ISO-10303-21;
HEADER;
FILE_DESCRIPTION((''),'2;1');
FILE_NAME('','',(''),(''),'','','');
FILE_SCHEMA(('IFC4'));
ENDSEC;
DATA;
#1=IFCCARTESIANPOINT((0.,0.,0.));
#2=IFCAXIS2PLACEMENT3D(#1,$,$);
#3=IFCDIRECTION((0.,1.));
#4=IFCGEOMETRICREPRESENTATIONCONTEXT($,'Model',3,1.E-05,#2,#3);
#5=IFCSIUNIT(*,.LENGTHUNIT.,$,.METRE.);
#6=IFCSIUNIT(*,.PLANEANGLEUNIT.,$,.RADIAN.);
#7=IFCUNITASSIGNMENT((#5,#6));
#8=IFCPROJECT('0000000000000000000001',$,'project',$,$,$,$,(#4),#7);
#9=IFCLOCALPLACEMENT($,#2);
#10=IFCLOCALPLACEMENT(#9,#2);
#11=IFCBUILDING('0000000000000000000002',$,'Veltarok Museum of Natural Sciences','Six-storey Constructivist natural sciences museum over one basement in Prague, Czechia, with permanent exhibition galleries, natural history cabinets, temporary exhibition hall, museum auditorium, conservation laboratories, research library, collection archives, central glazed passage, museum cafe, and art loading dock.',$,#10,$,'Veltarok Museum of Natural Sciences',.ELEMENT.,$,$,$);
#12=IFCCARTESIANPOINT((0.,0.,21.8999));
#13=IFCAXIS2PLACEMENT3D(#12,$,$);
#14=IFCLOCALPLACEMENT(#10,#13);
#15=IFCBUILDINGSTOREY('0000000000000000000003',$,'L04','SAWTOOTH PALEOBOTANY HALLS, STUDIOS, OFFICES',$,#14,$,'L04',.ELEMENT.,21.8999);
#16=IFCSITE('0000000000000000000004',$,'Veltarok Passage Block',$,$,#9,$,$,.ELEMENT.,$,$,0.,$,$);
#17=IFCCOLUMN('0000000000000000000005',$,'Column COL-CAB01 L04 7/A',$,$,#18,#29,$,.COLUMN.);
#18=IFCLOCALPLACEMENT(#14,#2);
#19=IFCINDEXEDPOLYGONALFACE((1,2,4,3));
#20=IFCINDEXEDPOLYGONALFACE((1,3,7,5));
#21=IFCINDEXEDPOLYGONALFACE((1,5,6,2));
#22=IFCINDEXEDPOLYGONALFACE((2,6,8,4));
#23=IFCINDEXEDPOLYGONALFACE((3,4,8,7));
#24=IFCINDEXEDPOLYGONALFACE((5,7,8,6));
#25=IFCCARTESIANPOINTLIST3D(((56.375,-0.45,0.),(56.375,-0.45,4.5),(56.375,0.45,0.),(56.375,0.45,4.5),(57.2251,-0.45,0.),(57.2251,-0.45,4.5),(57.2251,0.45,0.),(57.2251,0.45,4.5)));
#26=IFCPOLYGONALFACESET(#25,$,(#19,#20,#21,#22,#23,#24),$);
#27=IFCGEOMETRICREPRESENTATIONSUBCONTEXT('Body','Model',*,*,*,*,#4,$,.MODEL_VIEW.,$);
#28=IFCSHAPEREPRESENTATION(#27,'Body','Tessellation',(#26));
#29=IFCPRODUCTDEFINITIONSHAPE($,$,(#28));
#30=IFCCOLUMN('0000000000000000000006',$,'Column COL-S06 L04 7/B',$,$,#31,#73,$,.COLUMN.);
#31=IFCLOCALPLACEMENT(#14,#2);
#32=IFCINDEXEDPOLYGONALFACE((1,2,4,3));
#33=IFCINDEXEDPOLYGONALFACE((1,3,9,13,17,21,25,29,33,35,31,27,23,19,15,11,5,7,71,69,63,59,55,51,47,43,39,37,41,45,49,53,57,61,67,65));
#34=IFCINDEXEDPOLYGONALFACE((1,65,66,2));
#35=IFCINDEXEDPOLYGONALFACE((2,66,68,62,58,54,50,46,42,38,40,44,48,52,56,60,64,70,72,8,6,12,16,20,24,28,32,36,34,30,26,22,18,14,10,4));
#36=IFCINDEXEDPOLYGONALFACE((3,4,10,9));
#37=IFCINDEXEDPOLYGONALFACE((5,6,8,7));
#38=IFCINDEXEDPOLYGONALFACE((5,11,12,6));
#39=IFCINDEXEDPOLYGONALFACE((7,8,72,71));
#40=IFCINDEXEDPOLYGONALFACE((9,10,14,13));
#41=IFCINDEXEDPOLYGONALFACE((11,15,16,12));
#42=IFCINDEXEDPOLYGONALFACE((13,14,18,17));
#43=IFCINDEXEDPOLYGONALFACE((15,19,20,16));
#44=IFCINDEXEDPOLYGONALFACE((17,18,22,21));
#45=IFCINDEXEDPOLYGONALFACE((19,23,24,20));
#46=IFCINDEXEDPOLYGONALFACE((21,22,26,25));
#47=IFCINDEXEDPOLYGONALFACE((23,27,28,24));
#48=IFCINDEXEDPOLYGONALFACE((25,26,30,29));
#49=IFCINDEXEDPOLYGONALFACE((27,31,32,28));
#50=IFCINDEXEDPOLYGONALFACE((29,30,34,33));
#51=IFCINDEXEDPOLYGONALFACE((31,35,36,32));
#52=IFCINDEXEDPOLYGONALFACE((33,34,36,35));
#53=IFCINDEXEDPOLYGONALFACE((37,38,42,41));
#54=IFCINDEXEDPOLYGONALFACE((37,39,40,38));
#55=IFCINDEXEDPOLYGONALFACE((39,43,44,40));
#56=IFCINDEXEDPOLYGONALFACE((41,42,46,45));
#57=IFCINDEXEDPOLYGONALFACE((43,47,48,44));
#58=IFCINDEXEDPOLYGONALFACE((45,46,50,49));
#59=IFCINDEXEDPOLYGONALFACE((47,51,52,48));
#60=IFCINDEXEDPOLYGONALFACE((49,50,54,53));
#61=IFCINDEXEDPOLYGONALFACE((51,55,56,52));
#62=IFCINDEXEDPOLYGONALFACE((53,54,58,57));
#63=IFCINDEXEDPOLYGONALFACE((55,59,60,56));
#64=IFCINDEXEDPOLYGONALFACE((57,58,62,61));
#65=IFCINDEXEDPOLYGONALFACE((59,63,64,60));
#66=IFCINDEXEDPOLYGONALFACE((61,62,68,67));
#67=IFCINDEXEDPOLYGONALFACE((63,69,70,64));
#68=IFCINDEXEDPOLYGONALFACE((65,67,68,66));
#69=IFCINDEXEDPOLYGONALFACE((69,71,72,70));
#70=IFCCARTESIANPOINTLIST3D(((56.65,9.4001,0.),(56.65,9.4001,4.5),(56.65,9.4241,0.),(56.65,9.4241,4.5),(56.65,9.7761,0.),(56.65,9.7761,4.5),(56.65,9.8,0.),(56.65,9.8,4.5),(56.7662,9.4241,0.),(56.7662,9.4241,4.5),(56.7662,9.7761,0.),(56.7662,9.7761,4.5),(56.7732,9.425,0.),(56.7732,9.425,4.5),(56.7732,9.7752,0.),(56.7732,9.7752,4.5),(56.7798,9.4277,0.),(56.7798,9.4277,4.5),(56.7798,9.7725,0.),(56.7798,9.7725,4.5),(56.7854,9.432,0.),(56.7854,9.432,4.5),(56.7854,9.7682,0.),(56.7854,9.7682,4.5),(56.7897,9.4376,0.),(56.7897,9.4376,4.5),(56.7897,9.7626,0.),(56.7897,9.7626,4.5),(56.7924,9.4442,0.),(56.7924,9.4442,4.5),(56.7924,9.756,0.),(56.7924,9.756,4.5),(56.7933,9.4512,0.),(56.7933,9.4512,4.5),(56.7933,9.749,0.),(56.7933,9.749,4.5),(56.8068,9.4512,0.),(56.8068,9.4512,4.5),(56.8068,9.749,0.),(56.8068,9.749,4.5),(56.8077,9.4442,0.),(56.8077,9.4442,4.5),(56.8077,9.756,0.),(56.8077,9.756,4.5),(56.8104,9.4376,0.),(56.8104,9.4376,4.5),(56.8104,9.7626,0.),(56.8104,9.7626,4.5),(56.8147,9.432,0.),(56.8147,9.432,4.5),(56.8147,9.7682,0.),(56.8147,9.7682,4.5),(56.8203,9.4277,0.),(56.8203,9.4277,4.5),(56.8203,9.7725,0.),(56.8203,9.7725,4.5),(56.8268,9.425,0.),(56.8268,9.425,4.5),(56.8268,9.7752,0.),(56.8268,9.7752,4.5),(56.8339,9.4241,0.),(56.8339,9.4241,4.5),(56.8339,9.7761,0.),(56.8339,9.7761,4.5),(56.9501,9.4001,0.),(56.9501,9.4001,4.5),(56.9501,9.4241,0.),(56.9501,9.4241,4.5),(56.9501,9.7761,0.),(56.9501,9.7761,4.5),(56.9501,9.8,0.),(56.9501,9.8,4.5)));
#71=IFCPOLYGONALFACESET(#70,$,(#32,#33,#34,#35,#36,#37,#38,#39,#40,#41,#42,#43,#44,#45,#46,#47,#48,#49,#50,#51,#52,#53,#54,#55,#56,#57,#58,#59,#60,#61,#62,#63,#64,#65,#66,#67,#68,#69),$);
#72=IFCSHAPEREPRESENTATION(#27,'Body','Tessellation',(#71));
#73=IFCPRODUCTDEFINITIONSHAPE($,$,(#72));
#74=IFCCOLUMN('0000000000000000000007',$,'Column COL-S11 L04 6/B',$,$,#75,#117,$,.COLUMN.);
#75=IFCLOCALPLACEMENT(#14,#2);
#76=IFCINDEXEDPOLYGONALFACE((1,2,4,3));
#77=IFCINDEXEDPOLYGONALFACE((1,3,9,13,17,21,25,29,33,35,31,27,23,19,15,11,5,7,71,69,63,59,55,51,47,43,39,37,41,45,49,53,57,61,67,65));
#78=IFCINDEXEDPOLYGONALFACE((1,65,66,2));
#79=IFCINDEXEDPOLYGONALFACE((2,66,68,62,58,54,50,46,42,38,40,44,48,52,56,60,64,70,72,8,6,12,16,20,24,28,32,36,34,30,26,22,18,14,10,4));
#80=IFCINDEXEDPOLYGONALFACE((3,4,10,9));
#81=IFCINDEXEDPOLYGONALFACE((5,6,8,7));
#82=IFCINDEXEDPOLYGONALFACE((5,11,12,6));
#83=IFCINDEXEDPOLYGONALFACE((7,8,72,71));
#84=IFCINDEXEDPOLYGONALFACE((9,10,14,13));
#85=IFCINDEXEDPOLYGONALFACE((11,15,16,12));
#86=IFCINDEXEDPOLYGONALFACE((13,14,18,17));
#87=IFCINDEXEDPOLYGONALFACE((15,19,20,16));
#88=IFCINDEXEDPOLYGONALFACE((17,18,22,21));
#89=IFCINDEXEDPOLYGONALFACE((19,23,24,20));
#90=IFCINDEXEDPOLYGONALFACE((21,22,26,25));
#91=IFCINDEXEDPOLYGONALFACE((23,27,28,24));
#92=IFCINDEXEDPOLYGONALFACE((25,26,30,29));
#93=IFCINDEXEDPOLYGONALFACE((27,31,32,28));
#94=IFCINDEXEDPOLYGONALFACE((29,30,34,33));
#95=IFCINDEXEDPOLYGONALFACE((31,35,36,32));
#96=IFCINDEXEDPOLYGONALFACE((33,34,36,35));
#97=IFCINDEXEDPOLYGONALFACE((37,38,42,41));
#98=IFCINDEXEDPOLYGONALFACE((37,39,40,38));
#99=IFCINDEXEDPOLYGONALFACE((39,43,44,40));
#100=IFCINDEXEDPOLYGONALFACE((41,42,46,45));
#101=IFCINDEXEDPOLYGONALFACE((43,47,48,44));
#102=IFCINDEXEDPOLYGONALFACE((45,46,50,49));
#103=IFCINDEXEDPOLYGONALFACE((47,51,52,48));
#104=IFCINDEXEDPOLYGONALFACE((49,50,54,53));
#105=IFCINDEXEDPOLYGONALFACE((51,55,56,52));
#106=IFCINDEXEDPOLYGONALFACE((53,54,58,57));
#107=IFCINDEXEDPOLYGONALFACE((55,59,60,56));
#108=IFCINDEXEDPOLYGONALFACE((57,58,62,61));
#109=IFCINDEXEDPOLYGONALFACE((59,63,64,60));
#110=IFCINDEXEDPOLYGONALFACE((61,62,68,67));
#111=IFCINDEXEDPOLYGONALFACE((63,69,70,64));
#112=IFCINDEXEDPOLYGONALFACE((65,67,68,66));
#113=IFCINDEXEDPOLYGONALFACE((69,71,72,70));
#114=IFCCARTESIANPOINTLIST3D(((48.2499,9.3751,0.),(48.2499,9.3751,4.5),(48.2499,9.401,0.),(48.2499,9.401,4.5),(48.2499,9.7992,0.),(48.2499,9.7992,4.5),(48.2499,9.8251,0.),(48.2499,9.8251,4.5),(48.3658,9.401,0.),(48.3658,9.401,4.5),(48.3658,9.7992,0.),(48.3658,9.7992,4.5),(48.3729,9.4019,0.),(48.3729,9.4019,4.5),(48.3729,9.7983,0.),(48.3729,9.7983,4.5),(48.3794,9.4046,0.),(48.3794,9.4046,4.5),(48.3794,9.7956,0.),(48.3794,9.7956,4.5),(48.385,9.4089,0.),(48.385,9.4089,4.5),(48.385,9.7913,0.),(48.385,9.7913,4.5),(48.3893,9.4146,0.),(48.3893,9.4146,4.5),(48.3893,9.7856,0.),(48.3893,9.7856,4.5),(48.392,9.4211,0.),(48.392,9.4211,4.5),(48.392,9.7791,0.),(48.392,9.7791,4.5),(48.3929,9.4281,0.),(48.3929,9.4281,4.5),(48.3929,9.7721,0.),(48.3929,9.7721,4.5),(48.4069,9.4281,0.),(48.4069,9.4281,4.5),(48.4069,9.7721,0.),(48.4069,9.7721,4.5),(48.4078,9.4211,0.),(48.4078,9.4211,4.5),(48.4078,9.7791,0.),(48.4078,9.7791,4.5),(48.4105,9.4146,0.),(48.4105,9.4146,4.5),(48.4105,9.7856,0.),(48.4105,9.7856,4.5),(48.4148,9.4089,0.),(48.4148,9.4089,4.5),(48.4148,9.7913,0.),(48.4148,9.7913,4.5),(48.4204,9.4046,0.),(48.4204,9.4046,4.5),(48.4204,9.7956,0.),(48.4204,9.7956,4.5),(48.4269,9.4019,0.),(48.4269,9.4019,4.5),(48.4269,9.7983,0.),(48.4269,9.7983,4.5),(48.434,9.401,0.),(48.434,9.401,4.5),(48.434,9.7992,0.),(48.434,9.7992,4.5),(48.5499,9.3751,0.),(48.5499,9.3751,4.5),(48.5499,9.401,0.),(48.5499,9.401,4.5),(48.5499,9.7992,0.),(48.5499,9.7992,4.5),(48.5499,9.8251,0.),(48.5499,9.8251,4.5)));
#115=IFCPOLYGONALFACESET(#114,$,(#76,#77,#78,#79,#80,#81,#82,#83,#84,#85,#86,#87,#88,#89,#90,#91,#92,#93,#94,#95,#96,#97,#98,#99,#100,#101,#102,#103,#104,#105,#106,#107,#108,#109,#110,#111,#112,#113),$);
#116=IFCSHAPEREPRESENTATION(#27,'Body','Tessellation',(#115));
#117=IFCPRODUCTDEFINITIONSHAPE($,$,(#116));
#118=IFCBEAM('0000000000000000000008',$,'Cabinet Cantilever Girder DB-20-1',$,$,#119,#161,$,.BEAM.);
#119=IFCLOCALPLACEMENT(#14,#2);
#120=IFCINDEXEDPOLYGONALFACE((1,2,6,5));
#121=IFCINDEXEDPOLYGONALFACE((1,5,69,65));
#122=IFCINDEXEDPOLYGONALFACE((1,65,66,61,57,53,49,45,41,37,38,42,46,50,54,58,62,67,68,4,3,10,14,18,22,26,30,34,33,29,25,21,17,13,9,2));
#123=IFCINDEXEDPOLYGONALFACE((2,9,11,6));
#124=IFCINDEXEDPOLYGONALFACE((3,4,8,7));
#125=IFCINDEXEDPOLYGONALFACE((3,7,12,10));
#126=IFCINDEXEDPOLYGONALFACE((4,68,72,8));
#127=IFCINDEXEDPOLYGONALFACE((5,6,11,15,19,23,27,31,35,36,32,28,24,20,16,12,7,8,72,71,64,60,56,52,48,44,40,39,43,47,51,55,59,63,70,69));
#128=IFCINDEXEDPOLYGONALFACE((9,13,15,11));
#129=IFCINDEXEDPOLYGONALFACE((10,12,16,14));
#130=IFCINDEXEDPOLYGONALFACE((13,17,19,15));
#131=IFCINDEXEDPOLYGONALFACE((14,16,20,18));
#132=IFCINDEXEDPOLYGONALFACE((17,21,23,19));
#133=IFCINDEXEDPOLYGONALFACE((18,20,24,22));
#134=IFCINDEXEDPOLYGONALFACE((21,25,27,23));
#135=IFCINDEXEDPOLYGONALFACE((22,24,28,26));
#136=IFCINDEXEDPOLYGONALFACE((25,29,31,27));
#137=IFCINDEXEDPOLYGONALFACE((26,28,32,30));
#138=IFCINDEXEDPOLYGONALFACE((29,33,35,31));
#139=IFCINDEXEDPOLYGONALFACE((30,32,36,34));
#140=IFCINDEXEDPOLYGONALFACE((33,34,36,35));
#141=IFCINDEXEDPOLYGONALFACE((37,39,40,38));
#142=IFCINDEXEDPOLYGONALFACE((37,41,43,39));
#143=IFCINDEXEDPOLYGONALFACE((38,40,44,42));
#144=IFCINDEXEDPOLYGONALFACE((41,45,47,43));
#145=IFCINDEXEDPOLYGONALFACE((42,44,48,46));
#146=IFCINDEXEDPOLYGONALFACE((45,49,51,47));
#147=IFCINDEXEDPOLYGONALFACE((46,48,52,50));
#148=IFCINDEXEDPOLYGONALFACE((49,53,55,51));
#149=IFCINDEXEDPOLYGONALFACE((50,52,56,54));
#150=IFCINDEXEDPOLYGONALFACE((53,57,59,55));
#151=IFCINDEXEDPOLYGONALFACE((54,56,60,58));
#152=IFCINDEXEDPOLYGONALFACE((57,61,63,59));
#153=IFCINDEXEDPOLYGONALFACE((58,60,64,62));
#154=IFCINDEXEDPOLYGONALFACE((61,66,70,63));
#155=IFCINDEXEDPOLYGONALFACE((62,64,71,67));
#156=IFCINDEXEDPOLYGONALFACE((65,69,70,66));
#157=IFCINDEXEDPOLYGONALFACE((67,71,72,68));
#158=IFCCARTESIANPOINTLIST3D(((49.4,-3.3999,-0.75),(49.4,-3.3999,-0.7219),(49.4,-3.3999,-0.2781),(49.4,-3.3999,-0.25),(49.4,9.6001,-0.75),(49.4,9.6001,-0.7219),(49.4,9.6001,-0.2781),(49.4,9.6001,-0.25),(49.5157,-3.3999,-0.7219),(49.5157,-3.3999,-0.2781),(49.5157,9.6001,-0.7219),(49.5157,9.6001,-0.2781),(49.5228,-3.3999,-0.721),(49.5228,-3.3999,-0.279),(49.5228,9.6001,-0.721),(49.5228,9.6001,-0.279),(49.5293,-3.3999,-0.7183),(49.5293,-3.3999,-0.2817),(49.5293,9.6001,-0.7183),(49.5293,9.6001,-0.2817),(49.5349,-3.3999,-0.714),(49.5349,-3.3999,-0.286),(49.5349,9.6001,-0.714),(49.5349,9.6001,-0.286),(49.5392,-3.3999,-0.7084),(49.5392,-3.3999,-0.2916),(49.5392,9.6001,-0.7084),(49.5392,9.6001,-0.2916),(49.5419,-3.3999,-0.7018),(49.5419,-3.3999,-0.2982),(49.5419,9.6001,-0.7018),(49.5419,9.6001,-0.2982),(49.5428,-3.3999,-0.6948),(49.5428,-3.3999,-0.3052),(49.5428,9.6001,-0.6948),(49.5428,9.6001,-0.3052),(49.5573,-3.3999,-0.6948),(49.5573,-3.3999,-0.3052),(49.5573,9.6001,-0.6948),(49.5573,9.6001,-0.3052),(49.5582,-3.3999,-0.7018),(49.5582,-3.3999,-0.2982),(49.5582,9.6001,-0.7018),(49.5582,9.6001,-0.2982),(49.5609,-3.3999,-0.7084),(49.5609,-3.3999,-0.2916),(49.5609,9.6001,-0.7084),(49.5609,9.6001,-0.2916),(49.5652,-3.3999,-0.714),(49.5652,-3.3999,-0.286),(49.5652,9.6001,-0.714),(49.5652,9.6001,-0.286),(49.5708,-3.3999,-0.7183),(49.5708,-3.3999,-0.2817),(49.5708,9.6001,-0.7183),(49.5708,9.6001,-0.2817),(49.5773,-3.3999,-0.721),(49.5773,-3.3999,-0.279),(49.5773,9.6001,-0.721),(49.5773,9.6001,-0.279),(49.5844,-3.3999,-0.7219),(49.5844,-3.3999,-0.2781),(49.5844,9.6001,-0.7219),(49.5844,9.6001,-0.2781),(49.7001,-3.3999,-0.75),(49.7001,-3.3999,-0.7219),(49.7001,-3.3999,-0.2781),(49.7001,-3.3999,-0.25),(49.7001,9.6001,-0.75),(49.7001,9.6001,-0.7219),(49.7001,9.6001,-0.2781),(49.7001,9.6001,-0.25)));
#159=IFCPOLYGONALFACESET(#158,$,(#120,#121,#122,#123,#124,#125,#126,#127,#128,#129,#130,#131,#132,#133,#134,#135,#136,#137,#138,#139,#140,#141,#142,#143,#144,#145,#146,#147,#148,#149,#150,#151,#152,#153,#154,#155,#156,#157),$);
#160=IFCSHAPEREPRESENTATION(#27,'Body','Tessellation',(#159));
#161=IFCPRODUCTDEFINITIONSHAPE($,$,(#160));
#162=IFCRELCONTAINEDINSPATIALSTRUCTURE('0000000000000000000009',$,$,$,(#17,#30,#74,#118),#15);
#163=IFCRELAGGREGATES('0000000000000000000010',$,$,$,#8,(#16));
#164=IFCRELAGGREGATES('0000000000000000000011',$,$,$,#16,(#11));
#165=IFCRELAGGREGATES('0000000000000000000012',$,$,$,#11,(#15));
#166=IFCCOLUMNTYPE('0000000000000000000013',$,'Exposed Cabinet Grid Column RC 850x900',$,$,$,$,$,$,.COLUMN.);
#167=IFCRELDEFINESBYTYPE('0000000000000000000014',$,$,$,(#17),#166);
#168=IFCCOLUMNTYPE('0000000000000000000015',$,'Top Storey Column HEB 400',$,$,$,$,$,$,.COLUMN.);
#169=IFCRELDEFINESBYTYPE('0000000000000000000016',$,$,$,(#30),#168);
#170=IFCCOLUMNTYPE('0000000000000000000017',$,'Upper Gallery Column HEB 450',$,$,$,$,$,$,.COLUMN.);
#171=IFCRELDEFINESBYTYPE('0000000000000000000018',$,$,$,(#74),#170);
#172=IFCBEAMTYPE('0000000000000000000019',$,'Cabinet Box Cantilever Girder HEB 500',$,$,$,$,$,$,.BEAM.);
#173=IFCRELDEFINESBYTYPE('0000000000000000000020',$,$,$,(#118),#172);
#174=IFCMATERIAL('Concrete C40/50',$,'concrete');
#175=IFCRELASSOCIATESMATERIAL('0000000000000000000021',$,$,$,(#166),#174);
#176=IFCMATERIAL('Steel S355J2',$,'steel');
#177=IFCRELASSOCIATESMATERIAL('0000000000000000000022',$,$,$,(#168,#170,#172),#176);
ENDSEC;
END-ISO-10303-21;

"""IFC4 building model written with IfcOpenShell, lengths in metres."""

from ifc_helpers import new_model, si_unit, direction, frame, origin, origin_2d, place, context, subcontext, project, spatial, rectangle, i_section, extrude, material, material_profile, profile_set, type_object, element, save


model = new_model("IFC4")

# Units and contexts
model_context = context("Model", 3, precision=1e-05, world=origin(), true_north=direction((0.0, 1.0)))
body_context = subcontext(model_context, "Body", "Model", "MODEL_VIEW")
ifc_project = project(units=[si_unit("LENGTHUNIT", "METRE"), si_unit("PLANEANGLEUNIT", "RADIAN")], contexts=[model_context])

# Site, building, storey
site_placement = place(None, origin())
site = spatial("IfcSite", under=ifc_project, at=site_placement, Name="Veltarok Passage Block", CompositionType="ELEMENT", RefElevation=0.0)
building_placement = place(site_placement, origin())
building = spatial("IfcBuilding", under=site, at=building_placement, Name="Veltarok Museum of Natural Sciences", Description="Six-storey Constructivist natural sciences museum over one basement in Prague, Czechia, with permanent exhibition galleries, natural history cabinets, temporary exhibition hall, museum auditorium, conservation laboratories, research library, collection archives, central glazed passage, museum cafe, and art loading dock.", LongName="Veltarok Museum of Natural Sciences", CompositionType="ELEMENT")
storey_placement = place(building_placement, frame((0.0, 0.0, 21.8999)))
storey = spatial("IfcBuildingStorey", under=building, at=storey_placement, Name="L04", Description="SAWTOOTH PALEOBOTANY HALLS, STUDIOS, OFFICES", LongName="L04", CompositionType="ELEMENT", Elevation=21.8999)

# Columns
ifc_material_1 = material(Name="Concrete C40/50", Category="concrete")
ifc_material_profile_1 = material_profile(ifc_material_1, rectangle(XDim=0.8501, YDim=0.8999, at=origin_2d()), Name="RC 850x900")
ifc_profile_set_1 = profile_set([ifc_material_profile_1], Name="Concrete C40/50")
column_type_1 = type_object("IfcColumnType", Name="Exposed Cabinet Grid Column RC 850x900", PredefinedType="COLUMN", material=ifc_profile_set_1)
column_1_placement = place(storey_placement, frame((56.8, 0.0, 0.0), z_axis=(0.0, 0.0, 1.0), x_axis=(1.0, 0.0, 0.0)))
element("IfcColumn", 1, at=column_1_placement, inside=storey, type_object=column_type_1, Name="Column COL-CAB01 L04 7/A", PredefinedType="COLUMN", context=body_context, shape_type="SweptSolid", body=[
    extrude(rectangle(XDim=0.8501, YDim=0.8999, at=origin_2d()), origin(), (0.0, 0.0, 1.0), 4.5),
])
ifc_material_2 = material(Name="Steel S355J2", Category="steel")
ifc_material_profile_2 = material_profile(ifc_material_2, i_section(OverallWidth=0.3, OverallDepth=0.3999, WebThickness=0.0134, FlangeThickness=0.0239, FilletRadius=0.0271, at=origin_2d()), Name="HEB 400")
ifc_profile_set_2 = profile_set([ifc_material_profile_2], Name="Steel S355J2")
column_type_2 = type_object("IfcColumnType", Name="Top Storey Column HEB 400", PredefinedType="COLUMN", material=ifc_profile_set_2)
column_2_placement = place(storey_placement, frame((56.8, 9.6001, 0.0), z_axis=(0.0, 0.0, 1.0), x_axis=(1.0, 0.0, 0.0)))
element("IfcColumn", 2, at=column_2_placement, inside=storey, type_object=column_type_2, Name="Column COL-S06 L04 7/B", PredefinedType="COLUMN", context=body_context, shape_type="SweptSolid", body=[
    extrude(i_section(OverallWidth=0.3, OverallDepth=0.3999, WebThickness=0.0134, FlangeThickness=0.0239, FilletRadius=0.0271, at=origin_2d()), origin(), (0.0, 0.0, 1.0), 4.5),
])
ifc_material_profile_3 = material_profile(ifc_material_2, i_section(OverallWidth=0.3, OverallDepth=0.45, WebThickness=0.0139, FlangeThickness=0.0259, FilletRadius=0.0271, at=origin_2d()), Name="HEB 450")
ifc_profile_set_3 = profile_set([ifc_material_profile_3], Name="Steel S355J2")
column_type_3 = type_object("IfcColumnType", Name="Upper Gallery Column HEB 450", PredefinedType="COLUMN", material=ifc_profile_set_3)
column_3_placement = place(storey_placement, frame((48.3999, 9.6001, 0.0), z_axis=(0.0, 0.0, 1.0), x_axis=(1.0, 0.0, 0.0)))
element("IfcColumn", 3, at=column_3_placement, inside=storey, type_object=column_type_3, Name="Column COL-S11 L04 6/B", PredefinedType="COLUMN", context=body_context, shape_type="SweptSolid", body=[
    extrude(i_section(OverallWidth=0.3, OverallDepth=0.45, WebThickness=0.0139, FlangeThickness=0.0259, FilletRadius=0.0271, at=origin_2d()), origin(), (0.0, 0.0, 1.0), 4.5),
])

# Beam
ifc_material_profile_4 = material_profile(ifc_material_2, i_section(OverallWidth=0.3, OverallDepth=0.5, WebThickness=0.0144, FlangeThickness=0.0281, FilletRadius=0.0271, at=origin_2d()), Name="HEB 500")
ifc_profile_set_4 = profile_set([ifc_material_profile_4], Name="Steel S355J2")
beam_type_1 = type_object("IfcBeamType", Name="Cabinet Box Cantilever Girder HEB 500", PredefinedType="BEAM", material=ifc_profile_set_4)
for number, where, z_axis, x_axis, name in (
    (4, (49.55, -3.3999, -0.5), (0.0, 1.0, 0.0), (-1.0, 0.0, 0.0), "Cabinet Cantilever Girder DB-20-1"),
):
    element("IfcBeam", number, at=place(storey_placement, frame(where, z_axis=z_axis, x_axis=x_axis)), inside=storey, type_object=beam_type_1, Name=name, PredefinedType="BEAM", context=body_context, shape_type="SweptSolid", body=[
        extrude(i_section(OverallWidth=0.3, OverallDepth=0.5, WebThickness=0.0144, FlangeThickness=0.0281, FilletRadius=0.0271, at=origin_2d()), origin(), (0.0, 0.0, 1.0), 13.0),
    ])

save(model, "model.ifc")
